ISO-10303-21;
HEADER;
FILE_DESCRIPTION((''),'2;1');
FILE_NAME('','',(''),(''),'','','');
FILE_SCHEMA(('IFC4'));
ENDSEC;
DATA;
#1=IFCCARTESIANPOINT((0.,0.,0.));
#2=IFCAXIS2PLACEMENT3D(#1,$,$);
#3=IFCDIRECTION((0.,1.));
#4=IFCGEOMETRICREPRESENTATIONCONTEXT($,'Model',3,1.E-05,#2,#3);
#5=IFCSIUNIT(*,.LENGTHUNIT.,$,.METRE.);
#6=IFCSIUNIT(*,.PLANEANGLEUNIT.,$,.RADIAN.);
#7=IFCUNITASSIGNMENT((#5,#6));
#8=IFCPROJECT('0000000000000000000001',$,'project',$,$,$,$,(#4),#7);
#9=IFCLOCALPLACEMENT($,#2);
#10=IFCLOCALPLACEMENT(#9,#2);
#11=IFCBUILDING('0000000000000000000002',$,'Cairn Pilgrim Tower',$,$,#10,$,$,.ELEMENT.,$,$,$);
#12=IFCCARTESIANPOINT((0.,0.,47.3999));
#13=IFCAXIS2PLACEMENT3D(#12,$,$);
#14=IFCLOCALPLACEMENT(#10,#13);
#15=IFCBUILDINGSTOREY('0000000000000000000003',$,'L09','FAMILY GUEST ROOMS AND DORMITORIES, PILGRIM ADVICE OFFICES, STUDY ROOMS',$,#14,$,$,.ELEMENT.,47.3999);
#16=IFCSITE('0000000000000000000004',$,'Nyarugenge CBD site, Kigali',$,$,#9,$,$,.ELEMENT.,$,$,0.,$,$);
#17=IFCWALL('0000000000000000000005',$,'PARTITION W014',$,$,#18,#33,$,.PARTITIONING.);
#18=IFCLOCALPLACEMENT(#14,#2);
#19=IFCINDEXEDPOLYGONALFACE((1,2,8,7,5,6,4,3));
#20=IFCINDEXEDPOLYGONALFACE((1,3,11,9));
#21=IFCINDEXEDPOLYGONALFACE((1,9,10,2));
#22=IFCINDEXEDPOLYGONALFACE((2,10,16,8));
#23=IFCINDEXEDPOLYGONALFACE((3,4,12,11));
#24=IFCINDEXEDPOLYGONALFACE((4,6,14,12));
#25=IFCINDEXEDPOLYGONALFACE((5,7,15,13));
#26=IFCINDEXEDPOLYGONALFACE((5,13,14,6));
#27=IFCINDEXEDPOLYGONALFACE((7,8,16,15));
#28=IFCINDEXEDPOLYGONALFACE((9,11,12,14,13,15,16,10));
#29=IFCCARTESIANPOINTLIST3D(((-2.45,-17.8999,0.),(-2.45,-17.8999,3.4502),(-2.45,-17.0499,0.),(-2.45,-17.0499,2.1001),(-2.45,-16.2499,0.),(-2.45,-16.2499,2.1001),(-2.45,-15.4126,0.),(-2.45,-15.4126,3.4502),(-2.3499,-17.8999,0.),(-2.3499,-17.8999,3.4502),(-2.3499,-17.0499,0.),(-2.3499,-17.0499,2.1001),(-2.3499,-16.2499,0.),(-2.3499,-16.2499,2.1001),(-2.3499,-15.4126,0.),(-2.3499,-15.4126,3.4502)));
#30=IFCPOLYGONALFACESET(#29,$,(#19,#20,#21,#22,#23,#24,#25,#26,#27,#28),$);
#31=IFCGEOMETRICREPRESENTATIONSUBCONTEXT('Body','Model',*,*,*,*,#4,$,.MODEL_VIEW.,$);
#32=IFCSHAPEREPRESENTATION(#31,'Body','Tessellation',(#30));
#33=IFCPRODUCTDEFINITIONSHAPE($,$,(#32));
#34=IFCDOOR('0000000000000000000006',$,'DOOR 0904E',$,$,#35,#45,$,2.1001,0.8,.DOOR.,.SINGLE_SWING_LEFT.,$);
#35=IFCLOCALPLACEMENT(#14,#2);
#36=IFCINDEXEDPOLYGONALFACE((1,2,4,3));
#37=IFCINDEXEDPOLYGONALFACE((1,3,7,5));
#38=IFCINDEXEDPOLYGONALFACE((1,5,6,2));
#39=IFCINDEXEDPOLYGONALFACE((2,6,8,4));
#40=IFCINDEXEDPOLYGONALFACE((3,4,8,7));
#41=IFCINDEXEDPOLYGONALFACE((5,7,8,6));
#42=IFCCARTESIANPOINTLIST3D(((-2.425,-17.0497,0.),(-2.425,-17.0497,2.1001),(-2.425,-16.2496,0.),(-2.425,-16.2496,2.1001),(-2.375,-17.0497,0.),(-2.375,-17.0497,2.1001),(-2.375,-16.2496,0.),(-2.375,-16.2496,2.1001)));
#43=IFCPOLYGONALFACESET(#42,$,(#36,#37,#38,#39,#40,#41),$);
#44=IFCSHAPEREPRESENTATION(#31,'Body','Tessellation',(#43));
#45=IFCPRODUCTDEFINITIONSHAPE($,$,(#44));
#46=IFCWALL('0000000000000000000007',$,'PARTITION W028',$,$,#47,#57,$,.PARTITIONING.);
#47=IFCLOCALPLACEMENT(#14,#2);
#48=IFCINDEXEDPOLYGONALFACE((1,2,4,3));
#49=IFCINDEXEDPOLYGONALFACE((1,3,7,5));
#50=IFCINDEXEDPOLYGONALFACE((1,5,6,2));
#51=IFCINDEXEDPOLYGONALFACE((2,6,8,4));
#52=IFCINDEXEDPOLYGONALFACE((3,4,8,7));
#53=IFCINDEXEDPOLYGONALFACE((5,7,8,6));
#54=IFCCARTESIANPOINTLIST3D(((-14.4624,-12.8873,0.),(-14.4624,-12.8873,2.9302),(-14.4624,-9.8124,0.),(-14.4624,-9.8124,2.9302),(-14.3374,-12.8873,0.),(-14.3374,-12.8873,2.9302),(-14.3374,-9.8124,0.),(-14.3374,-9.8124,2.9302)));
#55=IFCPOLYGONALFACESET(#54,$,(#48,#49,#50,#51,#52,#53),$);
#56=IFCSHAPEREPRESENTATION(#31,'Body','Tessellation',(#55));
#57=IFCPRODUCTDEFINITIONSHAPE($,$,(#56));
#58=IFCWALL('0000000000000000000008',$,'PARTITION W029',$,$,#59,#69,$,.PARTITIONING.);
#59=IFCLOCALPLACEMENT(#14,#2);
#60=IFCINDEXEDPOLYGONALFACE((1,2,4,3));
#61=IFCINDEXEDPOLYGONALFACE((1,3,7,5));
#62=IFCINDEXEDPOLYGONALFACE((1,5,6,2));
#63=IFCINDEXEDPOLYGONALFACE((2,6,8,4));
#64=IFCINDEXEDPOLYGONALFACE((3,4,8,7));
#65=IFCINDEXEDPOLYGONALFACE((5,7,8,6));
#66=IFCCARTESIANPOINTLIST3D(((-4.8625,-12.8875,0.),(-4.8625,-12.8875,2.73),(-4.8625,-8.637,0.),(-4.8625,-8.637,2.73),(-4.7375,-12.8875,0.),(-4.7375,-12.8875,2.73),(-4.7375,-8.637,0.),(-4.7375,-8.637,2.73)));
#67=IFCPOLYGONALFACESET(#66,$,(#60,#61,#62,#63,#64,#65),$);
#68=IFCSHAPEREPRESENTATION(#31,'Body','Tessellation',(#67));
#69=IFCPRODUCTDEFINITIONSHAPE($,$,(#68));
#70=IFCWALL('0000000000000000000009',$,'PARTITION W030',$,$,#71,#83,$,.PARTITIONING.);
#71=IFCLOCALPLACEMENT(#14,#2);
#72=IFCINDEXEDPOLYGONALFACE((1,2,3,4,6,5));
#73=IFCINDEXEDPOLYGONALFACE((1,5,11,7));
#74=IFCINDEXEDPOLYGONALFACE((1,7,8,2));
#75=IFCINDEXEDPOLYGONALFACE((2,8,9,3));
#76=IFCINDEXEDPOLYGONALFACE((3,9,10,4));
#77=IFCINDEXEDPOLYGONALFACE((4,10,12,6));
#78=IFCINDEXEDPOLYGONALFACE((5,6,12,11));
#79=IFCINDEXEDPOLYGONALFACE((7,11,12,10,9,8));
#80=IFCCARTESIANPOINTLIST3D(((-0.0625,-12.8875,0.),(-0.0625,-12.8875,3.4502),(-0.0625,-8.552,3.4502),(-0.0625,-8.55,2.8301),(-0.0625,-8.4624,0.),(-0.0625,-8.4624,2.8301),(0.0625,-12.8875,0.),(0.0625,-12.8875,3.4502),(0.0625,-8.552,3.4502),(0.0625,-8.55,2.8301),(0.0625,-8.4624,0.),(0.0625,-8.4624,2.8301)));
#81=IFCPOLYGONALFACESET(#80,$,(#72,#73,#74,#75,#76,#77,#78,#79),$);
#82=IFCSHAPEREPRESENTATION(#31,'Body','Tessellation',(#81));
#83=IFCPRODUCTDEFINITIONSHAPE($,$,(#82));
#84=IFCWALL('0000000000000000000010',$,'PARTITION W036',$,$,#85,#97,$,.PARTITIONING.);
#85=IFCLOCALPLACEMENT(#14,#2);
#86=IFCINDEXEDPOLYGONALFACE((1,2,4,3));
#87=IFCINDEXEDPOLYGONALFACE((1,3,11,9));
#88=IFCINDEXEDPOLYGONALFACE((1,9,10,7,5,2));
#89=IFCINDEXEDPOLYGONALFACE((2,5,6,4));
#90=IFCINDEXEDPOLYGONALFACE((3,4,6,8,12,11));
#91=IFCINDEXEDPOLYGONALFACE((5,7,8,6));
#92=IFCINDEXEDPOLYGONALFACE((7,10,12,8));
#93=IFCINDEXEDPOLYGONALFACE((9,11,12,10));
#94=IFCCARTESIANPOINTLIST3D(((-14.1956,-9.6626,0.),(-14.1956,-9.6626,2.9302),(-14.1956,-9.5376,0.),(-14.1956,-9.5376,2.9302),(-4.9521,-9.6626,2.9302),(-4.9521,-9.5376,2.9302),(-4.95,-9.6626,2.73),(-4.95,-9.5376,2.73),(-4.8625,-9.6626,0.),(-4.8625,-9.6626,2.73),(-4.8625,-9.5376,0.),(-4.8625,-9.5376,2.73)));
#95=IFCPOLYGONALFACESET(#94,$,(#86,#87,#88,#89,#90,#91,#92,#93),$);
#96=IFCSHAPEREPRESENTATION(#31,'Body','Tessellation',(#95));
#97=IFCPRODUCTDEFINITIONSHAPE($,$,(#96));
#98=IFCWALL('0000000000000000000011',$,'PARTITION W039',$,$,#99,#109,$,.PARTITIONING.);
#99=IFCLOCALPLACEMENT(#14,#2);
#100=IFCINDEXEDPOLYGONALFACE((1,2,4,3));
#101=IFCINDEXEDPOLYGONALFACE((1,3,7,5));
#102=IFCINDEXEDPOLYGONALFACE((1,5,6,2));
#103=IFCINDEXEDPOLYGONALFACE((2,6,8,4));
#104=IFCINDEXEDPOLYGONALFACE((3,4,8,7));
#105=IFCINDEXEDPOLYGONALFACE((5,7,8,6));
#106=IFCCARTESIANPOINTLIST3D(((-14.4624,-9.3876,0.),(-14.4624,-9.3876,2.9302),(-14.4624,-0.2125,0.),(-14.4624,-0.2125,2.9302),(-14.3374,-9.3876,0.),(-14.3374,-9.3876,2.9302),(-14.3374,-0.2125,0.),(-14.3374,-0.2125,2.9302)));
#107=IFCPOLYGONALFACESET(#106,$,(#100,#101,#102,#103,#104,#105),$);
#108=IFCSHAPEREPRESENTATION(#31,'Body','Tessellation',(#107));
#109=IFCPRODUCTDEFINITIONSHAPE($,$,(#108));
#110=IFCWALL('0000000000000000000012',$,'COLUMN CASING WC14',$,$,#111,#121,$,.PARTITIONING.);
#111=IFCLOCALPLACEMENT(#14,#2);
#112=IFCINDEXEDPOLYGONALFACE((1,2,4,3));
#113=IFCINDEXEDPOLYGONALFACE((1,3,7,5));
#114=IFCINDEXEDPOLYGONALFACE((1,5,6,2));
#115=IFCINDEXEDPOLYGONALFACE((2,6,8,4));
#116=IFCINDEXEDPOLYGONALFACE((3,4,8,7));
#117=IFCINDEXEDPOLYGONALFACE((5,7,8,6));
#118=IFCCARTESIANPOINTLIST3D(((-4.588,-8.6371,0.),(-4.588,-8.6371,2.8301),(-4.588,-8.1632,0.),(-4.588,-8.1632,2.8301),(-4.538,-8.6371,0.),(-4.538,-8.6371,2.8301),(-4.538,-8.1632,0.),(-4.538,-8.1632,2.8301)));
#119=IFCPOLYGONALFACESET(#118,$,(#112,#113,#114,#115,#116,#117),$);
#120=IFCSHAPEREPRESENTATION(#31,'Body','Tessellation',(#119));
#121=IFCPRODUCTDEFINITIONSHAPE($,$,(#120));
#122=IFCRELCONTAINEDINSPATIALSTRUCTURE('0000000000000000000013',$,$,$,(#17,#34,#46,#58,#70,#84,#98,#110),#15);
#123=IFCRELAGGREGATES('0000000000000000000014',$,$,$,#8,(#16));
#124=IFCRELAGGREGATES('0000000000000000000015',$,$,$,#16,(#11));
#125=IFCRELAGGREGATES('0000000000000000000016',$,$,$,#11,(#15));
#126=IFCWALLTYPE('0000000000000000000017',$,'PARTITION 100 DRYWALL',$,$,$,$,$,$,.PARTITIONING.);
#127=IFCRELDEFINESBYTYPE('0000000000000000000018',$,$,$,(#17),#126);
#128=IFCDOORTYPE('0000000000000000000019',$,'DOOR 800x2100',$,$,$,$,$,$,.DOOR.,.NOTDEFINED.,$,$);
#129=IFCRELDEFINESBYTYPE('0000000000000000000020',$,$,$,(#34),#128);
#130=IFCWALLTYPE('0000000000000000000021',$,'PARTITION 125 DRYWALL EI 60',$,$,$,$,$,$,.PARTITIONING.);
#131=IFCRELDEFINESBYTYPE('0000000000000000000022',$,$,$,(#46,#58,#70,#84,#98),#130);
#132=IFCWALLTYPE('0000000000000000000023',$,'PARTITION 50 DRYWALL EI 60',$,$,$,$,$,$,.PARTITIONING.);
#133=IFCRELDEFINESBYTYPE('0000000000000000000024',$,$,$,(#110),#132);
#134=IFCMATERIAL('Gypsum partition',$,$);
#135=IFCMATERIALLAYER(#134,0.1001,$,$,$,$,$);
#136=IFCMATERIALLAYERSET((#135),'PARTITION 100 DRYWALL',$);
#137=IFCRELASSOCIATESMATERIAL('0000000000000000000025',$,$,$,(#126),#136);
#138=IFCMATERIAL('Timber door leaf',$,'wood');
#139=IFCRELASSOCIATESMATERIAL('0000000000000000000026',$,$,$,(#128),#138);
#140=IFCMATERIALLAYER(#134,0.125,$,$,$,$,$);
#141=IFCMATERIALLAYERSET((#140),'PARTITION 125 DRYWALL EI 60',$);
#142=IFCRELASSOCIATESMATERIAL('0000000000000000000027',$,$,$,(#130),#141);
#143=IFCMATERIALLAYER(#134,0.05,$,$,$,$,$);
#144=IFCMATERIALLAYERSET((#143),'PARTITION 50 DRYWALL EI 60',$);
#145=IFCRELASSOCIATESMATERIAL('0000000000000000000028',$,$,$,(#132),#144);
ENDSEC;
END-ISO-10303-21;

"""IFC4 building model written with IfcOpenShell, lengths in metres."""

from ifc_helpers import new_model, si_unit, direction, frame, frame_2d, origin, place, context, subcontext, project, spatial, polyline, rectangle, outline, extrude, material, layer, layer_set, type_object, element, fill, save


model = new_model("IFC4")

# Units and contexts
model_context = context("Model", 3, precision=1e-05, world=origin(), true_north=direction((0.0, 1.0)))
body_context = subcontext(model_context, "Body", "Model", "MODEL_VIEW")
ifc_project = project(units=[si_unit("LENGTHUNIT", "METRE"), si_unit("PLANEANGLEUNIT", "RADIAN")], contexts=[model_context])

# Site, building, storey
site_placement = place(None, origin())
site = spatial("IfcSite", under=ifc_project, at=site_placement, Name="Nyarugenge CBD site, Kigali", CompositionType="ELEMENT", RefElevation=0.0)
building_placement = place(site_placement, origin())
building = spatial("IfcBuilding", under=site, at=building_placement, Name="Cairn Pilgrim Tower", CompositionType="ELEMENT")
storey_placement = place(building_placement, frame((0.0, 0.0, 47.3999)))
storey = spatial("IfcBuildingStorey", under=building, at=storey_placement, Name="L09", Description="FAMILY GUEST ROOMS AND DORMITORIES, PILGRIM ADVICE OFFICES, STUDY ROOMS", CompositionType="ELEMENT", Elevation=47.3999)

# Wall, opening, door
ifc_material_1 = material(Name="Gypsum partition")
ifc_layer_1 = layer(ifc_material_1, 0.1001)
ifc_layer_set_1 = layer_set([ifc_layer_1], Name="PARTITION 100 DRYWALL")
wall_type_1 = type_object("IfcWallType", Name="PARTITION 100 DRYWALL", PredefinedType="PARTITIONING", material=ifc_layer_set_1)
wall_1_placement = place(storey_placement, frame((-2.3999, -17.8999, 0.0), z_axis=(0.0, 0.0, 1.0), x_axis=(0.0, 1.0, 0.0)))
wall_1 = element("IfcWall", 1, at=wall_1_placement, inside=storey, type_object=wall_type_1, Name="PARTITION W014", PredefinedType="PARTITIONING", context=body_context, shape_type="SweptSolid", body=[
    extrude(rectangle(XDim=2.4873, YDim=0.1001, at=frame_2d((1.2437, 0.0))), origin(), (0.0, 0.0, 1.0), 3.4502),
])
opening_placement = place(wall_1_placement, frame((0.8501, 0.0, 0.0)))
opening = element("IfcOpeningElement", 2, at=opening_placement, cuts=wall_1, PredefinedType="OPENING", context=body_context, shape_type="SweptSolid", body=[
    extrude(rectangle(XDim=0.8, YDim=2.1001, at=frame_2d((0.3999, 1.05))), frame((0.0, 0.0601, 0.0), z_axis=(0.0, -1.0, 0.0), x_axis=(1.0, 0.0, 0.0)), (0.0, 0.0, 1.0), 0.1201),
])
ifc_material_2 = material(Name="Timber door leaf", Category="wood")
door_type = type_object("IfcDoorType", Name="DOOR 800x2100", OperationType="NOTDEFINED", PredefinedType="DOOR", material=ifc_material_2)
door_placement = place(opening_placement, frame((0.8, 0.0, 0.0), z_axis=(0.0, 0.0, 1.0), x_axis=(-1.0, 0.0, 0.0)))
door = element("IfcDoor", 3, at=door_placement, inside=storey, type_object=door_type, Name="DOOR 0904E", OperationType="SINGLE_SWING_LEFT", OverallHeight=2.1001, OverallWidth=0.8, PredefinedType="DOOR", context=body_context, shape_type="SweptSolid", body=[
    extrude(rectangle(XDim=0.8, YDim=2.1001, at=frame_2d((0.3999, 1.05))), frame((0.0, 0.0249, 0.0), z_axis=(0.0, -1.0, 0.0), x_axis=(1.0, 0.0, 0.0)), (0.0, 0.0, 1.0), 0.05),
])
fill(opening, door)

# Walls
ifc_layer_2 = layer(ifc_material_1, 0.125)
ifc_layer_set_2 = layer_set([ifc_layer_2], Name="PARTITION 125 DRYWALL EI 60")
wall_type_2 = type_object("IfcWallType", Name="PARTITION 125 DRYWALL EI 60", PredefinedType="PARTITIONING", material=ifc_layer_set_2)
wall_2_placement = place(storey_placement, frame((-14.3999, -12.8875, 0.0), z_axis=(0.0, 0.0, 1.0), x_axis=(0.0, 1.0, 0.0)))
element("IfcWall", 4, at=wall_2_placement, inside=storey, type_object=wall_type_2, Name="PARTITION W028", PredefinedType="PARTITIONING", context=body_context, shape_type="SweptSolid", body=[
    extrude(rectangle(XDim=3.075, YDim=0.125, at=frame_2d((1.5376, 0.0))), origin(), (0.0, 0.0, 1.0), 2.9302),
])
wall_3_placement = place(storey_placement, frame((-4.8, -12.8875, 0.0), z_axis=(0.0, 0.0, 1.0), x_axis=(0.0, 1.0, 0.0)))
element("IfcWall", 5, at=wall_3_placement, inside=storey, type_object=wall_type_2, Name="PARTITION W029", PredefinedType="PARTITIONING", context=body_context, shape_type="SweptSolid", body=[
    extrude(rectangle(XDim=4.2505, YDim=0.125, at=frame_2d((2.1252, 0.0))), origin(), (0.0, 0.0, 1.0), 2.73),
])
wall_4_placement = place(storey_placement, frame((0.0, -12.8875, 0.0), z_axis=(0.0, 0.0, 1.0), x_axis=(0.0, 1.0, 0.0)))
element("IfcWall", 6, at=wall_4_placement, inside=storey, type_object=wall_type_2, Name="PARTITION W030", PredefinedType="PARTITIONING", context=body_context, shape_type="SweptSolid", body=[
    extrude(outline(polyline([(0.0, 0.0), (4.425, 0.0), (4.425, 2.8301), (4.3374, 2.8301), (4.3354, 3.4502), (0.0, 3.4502), (0.0, 0.0)])), frame((0.0, 0.0625, 0.0), z_axis=(0.0, -1.0, 0.0), x_axis=(1.0, 0.0, 0.0)), (0.0, 0.0, 1.0), 0.125),
])
wall_5_placement = place(storey_placement, frame((-14.1956, -9.6001, 0.0), z_axis=(0.0, 0.0, 1.0), x_axis=(1.0, 0.0, 0.0)))
element("IfcWall", 7, at=wall_5_placement, inside=storey, type_object=wall_type_2, Name="PARTITION W036", PredefinedType="PARTITIONING", context=body_context, shape_type="SweptSolid", body=[
    extrude(outline(polyline([(0.0, 0.0), (9.333, 0.0), (9.333, 2.73), (9.2456, 2.73), (9.2434, 2.9302), (0.0, 2.9302), (0.0, 0.0)])), frame((0.0, 0.0625, 0.0), z_axis=(0.0, -1.0, 0.0), x_axis=(1.0, 0.0, 0.0)), (0.0, 0.0, 1.0), 0.125),
])
wall_6_placement = place(storey_placement, frame((-14.3999, -9.3875, 0.0), z_axis=(0.0, 0.0, 1.0), x_axis=(0.0, 1.0, 0.0)))
element("IfcWall", 8, at=wall_6_placement, inside=storey, type_object=wall_type_2, Name="PARTITION W039", PredefinedType="PARTITIONING", context=body_context, shape_type="SweptSolid", body=[
    extrude(rectangle(XDim=9.175, YDim=0.125, at=frame_2d((4.5874, 0.0))), origin(), (0.0, 0.0, 1.0), 2.9302),
])
ifc_layer_3 = layer(ifc_material_1, 0.05)
ifc_layer_set_3 = layer_set([ifc_layer_3], Name="PARTITION 50 DRYWALL EI 60")
wall_type_3 = type_object("IfcWallType", Name="PARTITION 50 DRYWALL EI 60", PredefinedType="PARTITIONING", material=ifc_layer_set_3)
wall_7_placement = place(storey_placement, frame((-4.563, -8.637, 0.0), z_axis=(0.0, 0.0, 1.0), x_axis=(0.0, 1.0, 0.0)))
element("IfcWall", 9, at=wall_7_placement, inside=storey, type_object=wall_type_3, Name="COLUMN CASING WC14", PredefinedType="PARTITIONING", context=body_context, shape_type="SweptSolid", body=[
    extrude(rectangle(XDim=0.4739, YDim=0.05, at=frame_2d((0.2368, 0.0))), origin(), (0.0, 0.0, 1.0), 2.8301),
])

save(model, "model.ifc")
